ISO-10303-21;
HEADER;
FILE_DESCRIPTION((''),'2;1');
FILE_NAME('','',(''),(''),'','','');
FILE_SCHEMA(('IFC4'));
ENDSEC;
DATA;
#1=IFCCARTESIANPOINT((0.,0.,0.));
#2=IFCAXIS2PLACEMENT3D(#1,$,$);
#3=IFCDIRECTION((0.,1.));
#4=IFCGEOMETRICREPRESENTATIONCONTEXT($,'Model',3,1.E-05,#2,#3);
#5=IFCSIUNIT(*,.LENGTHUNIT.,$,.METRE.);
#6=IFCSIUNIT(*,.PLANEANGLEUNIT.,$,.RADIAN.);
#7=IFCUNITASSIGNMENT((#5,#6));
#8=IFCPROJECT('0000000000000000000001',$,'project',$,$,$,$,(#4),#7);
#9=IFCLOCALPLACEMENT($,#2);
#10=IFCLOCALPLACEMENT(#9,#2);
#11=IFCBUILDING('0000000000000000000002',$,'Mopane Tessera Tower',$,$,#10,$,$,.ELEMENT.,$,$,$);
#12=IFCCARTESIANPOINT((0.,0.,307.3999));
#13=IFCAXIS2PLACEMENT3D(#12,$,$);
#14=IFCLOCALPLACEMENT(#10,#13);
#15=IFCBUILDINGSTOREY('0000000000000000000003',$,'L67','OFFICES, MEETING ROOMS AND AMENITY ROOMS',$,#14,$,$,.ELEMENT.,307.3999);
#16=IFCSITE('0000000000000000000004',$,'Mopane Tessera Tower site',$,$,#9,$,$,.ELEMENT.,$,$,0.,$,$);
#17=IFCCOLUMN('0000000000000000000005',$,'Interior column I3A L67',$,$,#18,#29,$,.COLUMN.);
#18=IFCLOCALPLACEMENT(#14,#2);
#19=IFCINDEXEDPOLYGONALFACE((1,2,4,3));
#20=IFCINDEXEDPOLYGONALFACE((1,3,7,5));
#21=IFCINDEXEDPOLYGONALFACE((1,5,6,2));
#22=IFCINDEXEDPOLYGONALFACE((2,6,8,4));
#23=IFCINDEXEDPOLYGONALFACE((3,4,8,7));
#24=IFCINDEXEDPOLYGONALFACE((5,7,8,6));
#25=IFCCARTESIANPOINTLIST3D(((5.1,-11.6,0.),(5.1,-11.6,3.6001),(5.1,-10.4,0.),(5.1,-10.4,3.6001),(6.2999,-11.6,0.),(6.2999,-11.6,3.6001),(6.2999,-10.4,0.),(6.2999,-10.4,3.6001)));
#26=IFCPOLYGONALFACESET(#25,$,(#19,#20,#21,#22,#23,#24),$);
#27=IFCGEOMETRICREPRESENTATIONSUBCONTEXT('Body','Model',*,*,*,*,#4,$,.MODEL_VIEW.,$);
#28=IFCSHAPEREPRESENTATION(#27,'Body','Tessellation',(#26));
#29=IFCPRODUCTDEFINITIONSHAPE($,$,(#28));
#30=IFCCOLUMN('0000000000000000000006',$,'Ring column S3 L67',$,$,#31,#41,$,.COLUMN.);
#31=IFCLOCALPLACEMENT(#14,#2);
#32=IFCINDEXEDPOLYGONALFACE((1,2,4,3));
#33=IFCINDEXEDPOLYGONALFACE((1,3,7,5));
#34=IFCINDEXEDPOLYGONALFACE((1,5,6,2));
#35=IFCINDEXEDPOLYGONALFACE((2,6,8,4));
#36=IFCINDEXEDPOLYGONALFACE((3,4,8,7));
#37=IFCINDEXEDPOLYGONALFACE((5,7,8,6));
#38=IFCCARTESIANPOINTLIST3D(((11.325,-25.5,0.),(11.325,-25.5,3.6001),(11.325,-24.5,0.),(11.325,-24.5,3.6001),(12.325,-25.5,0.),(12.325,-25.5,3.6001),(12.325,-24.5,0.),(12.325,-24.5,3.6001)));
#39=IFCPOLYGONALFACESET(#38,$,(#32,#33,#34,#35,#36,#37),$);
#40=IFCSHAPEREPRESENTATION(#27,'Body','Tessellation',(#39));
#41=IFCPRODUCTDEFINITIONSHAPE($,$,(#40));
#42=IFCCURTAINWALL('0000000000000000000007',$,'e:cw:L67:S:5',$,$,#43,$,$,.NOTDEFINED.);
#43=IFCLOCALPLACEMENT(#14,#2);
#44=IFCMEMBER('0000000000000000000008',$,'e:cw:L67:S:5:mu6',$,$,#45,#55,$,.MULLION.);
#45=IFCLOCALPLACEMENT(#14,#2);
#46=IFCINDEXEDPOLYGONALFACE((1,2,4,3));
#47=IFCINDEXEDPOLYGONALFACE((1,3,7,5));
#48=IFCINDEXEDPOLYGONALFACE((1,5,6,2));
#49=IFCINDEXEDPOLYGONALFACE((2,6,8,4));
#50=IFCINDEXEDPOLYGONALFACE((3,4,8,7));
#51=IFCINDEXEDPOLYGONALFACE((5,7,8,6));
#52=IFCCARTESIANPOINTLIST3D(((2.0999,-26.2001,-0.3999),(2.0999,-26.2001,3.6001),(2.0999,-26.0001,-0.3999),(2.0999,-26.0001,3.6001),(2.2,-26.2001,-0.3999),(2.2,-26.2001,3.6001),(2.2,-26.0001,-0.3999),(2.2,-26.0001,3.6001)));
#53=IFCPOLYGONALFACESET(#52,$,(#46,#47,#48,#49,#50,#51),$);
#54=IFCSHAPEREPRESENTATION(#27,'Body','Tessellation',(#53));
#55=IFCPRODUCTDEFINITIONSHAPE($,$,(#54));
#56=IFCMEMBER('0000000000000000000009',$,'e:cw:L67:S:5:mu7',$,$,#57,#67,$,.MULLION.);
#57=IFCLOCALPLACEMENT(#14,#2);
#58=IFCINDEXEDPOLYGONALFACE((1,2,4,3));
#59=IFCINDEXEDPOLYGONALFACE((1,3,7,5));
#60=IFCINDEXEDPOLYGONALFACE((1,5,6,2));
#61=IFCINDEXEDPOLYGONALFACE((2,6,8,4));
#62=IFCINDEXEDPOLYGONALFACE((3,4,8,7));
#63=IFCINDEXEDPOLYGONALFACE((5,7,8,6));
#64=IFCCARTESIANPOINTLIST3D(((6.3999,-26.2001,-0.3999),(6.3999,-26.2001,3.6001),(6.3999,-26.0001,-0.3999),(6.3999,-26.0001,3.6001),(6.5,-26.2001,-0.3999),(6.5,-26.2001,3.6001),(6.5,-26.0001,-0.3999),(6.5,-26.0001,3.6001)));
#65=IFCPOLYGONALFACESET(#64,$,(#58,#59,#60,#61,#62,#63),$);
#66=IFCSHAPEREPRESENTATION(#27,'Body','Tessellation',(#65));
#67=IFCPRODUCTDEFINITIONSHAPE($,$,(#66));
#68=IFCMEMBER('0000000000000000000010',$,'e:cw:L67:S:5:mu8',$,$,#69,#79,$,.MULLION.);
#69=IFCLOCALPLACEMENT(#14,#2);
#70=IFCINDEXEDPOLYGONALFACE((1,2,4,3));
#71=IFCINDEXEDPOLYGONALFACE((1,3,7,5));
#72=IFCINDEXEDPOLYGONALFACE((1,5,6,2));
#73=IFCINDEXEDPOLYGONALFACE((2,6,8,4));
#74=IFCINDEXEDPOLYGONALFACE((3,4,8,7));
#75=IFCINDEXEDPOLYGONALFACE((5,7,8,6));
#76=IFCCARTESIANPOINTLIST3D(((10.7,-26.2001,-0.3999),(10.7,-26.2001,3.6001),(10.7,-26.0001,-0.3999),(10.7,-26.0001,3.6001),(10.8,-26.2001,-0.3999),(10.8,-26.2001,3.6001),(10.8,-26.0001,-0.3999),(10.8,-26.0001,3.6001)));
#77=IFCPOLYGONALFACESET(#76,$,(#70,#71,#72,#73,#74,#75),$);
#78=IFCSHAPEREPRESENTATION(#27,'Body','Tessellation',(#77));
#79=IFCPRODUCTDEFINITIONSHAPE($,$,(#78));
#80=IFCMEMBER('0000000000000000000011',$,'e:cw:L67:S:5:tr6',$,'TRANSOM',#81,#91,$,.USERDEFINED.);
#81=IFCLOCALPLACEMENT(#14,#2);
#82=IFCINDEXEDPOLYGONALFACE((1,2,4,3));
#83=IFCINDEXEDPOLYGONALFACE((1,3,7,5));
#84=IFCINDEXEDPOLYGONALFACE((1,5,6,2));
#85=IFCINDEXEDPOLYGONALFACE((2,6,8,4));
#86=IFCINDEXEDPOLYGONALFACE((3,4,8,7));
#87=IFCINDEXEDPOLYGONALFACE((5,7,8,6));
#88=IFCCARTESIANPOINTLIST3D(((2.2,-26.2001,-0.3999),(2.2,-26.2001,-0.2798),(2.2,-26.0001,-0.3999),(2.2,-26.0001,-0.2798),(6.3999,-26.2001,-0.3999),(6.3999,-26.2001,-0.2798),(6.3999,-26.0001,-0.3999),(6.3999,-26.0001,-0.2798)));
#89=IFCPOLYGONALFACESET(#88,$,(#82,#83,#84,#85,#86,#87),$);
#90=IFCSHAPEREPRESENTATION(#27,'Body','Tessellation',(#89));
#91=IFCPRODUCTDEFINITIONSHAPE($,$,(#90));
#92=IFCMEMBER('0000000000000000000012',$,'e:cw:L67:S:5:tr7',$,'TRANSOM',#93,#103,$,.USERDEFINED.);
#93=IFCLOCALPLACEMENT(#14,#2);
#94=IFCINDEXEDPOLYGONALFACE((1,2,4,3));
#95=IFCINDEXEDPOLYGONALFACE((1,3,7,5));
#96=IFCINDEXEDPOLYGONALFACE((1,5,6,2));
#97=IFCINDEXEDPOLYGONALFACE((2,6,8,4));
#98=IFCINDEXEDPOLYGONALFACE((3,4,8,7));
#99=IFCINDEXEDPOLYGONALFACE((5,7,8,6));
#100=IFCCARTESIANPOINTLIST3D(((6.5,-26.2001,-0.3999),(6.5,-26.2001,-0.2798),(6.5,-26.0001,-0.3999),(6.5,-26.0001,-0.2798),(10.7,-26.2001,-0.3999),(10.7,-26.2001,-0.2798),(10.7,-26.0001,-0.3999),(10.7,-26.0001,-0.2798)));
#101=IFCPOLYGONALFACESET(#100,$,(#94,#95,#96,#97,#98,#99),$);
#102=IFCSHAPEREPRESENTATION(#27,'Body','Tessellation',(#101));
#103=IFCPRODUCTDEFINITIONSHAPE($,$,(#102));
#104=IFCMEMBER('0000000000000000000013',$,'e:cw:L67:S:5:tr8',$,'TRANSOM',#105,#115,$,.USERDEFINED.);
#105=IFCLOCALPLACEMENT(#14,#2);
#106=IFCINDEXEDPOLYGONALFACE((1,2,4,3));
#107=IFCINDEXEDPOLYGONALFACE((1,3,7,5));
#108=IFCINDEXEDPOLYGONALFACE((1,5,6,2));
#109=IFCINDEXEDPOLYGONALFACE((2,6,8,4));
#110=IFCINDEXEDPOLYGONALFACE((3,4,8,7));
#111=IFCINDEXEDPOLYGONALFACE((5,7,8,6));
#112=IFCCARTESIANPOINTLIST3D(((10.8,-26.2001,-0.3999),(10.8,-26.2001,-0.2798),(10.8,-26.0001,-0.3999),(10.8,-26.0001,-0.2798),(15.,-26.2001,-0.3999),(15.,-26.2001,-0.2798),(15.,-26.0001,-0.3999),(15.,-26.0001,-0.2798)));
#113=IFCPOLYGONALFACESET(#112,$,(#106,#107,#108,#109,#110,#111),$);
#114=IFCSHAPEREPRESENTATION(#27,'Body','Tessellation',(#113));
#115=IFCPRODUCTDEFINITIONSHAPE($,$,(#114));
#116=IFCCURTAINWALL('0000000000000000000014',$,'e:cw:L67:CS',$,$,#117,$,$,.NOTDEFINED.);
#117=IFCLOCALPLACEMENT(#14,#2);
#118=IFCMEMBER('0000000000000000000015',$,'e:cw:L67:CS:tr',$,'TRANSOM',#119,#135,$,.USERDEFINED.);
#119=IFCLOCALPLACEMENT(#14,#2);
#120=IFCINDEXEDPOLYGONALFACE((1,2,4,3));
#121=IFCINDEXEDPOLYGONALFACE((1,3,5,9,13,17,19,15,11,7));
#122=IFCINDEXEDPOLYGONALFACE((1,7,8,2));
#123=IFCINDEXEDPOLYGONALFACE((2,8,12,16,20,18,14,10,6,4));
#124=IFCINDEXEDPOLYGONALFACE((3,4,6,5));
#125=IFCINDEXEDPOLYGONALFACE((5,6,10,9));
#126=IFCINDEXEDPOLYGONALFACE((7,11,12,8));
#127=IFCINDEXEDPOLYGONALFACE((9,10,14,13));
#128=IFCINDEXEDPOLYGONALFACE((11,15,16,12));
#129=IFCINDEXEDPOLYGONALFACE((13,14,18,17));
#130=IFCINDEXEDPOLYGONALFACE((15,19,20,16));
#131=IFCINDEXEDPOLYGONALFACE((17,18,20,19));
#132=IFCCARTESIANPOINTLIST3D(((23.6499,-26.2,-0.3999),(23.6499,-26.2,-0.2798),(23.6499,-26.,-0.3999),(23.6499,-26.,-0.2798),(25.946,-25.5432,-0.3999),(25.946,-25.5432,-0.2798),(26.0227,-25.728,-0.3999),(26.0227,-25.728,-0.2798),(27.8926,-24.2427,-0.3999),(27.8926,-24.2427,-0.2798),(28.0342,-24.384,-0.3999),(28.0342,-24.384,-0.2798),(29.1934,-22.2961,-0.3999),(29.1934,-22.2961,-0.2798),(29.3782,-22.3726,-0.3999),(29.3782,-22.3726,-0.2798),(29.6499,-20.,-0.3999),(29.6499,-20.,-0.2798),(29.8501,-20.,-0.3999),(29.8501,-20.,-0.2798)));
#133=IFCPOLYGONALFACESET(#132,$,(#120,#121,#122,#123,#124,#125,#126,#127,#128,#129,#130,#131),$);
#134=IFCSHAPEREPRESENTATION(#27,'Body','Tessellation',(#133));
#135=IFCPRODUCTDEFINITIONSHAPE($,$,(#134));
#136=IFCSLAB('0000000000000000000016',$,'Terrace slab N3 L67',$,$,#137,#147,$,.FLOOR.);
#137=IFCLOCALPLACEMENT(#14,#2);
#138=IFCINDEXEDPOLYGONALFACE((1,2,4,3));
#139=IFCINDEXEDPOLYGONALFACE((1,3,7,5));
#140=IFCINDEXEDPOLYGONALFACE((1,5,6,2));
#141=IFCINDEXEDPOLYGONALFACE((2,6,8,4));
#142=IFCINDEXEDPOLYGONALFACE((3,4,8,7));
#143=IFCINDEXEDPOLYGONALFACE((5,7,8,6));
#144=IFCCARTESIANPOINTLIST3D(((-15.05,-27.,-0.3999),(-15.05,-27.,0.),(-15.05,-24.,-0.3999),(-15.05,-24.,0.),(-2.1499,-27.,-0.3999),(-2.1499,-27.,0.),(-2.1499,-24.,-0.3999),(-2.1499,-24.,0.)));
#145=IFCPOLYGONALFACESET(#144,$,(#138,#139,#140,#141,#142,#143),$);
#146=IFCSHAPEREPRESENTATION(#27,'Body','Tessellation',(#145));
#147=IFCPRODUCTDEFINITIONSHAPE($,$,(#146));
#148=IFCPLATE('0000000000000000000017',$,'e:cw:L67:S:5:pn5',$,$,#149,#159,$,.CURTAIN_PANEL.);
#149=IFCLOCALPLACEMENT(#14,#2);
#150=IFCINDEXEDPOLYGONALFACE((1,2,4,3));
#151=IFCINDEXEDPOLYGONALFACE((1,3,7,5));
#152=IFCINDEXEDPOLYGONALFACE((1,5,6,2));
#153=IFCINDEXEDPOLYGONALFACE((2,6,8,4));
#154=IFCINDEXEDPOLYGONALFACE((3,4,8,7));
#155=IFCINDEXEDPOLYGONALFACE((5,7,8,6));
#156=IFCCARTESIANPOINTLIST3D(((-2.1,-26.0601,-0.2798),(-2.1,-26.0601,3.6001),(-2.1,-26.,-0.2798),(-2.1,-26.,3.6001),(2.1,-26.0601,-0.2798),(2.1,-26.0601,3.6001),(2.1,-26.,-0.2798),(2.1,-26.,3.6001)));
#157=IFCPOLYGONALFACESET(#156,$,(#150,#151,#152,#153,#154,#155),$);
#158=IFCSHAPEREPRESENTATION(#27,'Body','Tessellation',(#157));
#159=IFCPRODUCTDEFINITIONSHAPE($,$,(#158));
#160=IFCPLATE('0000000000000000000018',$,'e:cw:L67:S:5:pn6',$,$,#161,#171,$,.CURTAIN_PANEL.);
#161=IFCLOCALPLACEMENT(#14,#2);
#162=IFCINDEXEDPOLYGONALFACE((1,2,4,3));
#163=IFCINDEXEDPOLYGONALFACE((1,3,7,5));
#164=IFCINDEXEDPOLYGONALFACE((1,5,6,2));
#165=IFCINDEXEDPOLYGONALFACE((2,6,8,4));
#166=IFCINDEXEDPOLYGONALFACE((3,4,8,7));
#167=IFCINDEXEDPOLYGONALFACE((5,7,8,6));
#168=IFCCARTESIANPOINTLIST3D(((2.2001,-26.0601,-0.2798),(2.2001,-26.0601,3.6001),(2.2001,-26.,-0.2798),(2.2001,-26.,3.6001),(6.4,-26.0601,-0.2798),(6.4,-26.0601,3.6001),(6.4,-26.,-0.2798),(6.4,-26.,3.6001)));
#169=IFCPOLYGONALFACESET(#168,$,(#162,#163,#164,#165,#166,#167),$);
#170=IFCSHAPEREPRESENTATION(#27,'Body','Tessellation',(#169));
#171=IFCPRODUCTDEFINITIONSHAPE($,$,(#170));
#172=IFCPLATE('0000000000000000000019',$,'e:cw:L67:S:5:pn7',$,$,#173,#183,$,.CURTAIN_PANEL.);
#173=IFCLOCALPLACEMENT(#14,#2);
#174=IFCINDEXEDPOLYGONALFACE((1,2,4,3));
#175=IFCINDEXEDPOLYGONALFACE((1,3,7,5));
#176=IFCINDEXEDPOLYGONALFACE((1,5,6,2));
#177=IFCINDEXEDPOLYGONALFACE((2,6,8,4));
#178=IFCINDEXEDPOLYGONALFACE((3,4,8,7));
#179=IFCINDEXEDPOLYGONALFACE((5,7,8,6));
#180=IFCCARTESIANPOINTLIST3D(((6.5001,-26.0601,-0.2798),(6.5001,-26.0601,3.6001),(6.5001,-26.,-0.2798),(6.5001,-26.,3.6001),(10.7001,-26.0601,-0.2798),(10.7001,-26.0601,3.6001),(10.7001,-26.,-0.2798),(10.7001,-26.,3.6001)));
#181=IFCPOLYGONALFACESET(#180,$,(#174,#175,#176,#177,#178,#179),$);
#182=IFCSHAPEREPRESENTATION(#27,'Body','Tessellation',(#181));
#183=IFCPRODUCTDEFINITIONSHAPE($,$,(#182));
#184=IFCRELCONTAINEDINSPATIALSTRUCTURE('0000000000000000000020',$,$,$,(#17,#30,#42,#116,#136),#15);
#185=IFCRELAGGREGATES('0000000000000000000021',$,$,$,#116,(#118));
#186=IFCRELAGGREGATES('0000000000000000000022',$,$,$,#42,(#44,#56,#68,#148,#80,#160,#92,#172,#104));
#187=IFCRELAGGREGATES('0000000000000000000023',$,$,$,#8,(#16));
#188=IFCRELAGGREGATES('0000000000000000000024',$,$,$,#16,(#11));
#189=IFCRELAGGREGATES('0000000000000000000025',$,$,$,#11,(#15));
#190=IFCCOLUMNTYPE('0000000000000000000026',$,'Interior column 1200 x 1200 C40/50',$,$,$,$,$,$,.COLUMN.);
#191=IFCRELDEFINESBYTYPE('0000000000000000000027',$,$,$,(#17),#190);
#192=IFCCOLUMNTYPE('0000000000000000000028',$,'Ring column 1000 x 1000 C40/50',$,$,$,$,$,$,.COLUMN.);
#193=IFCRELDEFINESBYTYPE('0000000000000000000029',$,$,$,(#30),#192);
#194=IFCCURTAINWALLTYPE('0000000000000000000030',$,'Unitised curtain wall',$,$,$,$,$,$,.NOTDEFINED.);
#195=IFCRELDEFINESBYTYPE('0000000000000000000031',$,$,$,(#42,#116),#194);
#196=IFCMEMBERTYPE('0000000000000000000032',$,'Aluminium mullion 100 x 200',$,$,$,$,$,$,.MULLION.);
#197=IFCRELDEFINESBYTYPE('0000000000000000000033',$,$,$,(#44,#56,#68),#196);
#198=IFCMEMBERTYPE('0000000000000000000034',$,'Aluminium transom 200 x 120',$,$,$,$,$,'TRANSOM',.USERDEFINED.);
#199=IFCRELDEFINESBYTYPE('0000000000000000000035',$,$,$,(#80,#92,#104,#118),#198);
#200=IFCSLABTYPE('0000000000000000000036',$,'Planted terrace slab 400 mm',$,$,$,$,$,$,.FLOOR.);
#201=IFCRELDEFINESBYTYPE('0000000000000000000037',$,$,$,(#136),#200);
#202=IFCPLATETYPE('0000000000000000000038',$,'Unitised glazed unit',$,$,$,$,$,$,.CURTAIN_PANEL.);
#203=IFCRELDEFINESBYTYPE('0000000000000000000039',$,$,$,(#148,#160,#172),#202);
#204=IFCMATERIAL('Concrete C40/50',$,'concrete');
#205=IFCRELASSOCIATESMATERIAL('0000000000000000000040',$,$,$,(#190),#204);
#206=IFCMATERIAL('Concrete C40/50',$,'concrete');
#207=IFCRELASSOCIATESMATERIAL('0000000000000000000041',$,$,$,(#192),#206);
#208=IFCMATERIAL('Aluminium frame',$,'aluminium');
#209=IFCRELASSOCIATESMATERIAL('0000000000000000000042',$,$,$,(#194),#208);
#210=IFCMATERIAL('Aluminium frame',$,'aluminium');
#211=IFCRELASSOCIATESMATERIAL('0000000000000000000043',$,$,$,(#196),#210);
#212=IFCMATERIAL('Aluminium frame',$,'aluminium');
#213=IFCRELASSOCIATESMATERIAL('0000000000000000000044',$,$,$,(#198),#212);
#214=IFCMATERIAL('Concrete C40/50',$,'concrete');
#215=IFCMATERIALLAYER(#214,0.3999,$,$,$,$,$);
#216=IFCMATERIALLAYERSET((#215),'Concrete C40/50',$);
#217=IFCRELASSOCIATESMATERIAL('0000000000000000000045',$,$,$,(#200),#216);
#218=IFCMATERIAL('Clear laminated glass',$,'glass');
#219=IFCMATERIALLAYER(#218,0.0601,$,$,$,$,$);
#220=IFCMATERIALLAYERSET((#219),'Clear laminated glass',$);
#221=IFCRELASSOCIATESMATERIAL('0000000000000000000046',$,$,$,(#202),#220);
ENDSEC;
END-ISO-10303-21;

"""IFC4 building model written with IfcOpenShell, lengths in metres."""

from ifc_helpers import new_model, si_unit, direction, frame, origin, origin_2d, place, context, subcontext, project, spatial, polyline, rectangle, outline, extrude, material, layer, layer_set, material_profile, profile_set, type_object, element, aggregate, save


model = new_model("IFC4")

# Units and contexts
model_context = context("Model", 3, precision=1e-05, world=origin(), true_north=direction((0.0, 1.0)))
body_context = subcontext(model_context, "Body", "Model", "MODEL_VIEW")
ifc_project = project(units=[si_unit("LENGTHUNIT", "METRE"), si_unit("PLANEANGLEUNIT", "RADIAN")], contexts=[model_context])

# Site, building, storey
site_placement = place(None, origin())
site = spatial("IfcSite", under=ifc_project, at=site_placement, Name="Mopane Tessera Tower site", CompositionType="ELEMENT", RefElevation=0.0)
building_placement = place(site_placement, origin())
building = spatial("IfcBuilding", under=site, at=building_placement, Name="Mopane Tessera Tower", CompositionType="ELEMENT")
storey_placement = place(building_placement, frame((0.0, 0.0, 307.3999)))
storey = spatial("IfcBuildingStorey", under=building, at=storey_placement, Name="L67", Description="OFFICES, MEETING ROOMS AND AMENITY ROOMS", CompositionType="ELEMENT", Elevation=307.3999)

# Columns
ifc_material_1 = material(Name="Concrete C40/50", Category="concrete")
ifc_material_profile_1 = material_profile(ifc_material_1, rectangle(XDim=1.2, YDim=1.2, at=origin_2d()))
ifc_profile_set_1 = profile_set([ifc_material_profile_1], Name="Concrete C40/50")
column_type_1 = type_object("IfcColumnType", Name="Interior column 1200 x 1200 C40/50", PredefinedType="COLUMN", material=ifc_profile_set_1)
column_1_placement = place(storey_placement, frame((5.7, -11.0, 0.0), z_axis=(0.0, 0.0, 1.0), x_axis=(1.0, 0.0, 0.0)))
element("IfcColumn", 1, at=column_1_placement, inside=storey, type_object=column_type_1, Name="Interior column I3A L67", PredefinedType="COLUMN", context=body_context, shape_type="SweptSolid", body=[
    extrude(rectangle(XDim=1.2, YDim=1.2, at=origin_2d()), origin(), (0.0, 0.0, 1.0), 3.6001),
])
ifc_material_2 = material(Name="Concrete C40/50", Category="concrete")
ifc_material_profile_2 = material_profile(ifc_material_2, rectangle(XDim=1.0, YDim=1.0, at=origin_2d()))
ifc_profile_set_2 = profile_set([ifc_material_profile_2], Name="Concrete C40/50")
column_type_2 = type_object("IfcColumnType", Name="Ring column 1000 x 1000 C40/50", PredefinedType="COLUMN", material=ifc_profile_set_2)
column_2_placement = place(storey_placement, frame((11.825, -25.0, 0.0), z_axis=(0.0, 0.0, 1.0), x_axis=(1.0, 0.0, 0.0)))
element("IfcColumn", 2, at=column_2_placement, inside=storey, type_object=column_type_2, Name="Ring column S3 L67", PredefinedType="COLUMN", context=body_context, shape_type="SweptSolid", body=[
    extrude(rectangle(XDim=1.0, YDim=1.0, at=origin_2d()), origin(), (0.0, 0.0, 1.0), 3.6001),
])

# Curtain wall, members
ifc_material_3 = material(Name="Aluminium frame", Category="aluminium")
curtain_wall_type = type_object("IfcCurtainWallType", Name="Unitised curtain wall", PredefinedType="NOTDEFINED", material=ifc_material_3)
curtain_wall_1_placement = place(storey_placement, origin())
curtain_wall_1 = element("IfcCurtainWall", 3, at=curtain_wall_1_placement, inside=storey, type_object=curtain_wall_type, Name="e:cw:L67:S:5", PredefinedType="NOTDEFINED")
ifc_material_4 = material(Name="Aluminium frame", Category="aluminium")
ifc_material_profile_3 = material_profile(ifc_material_4, rectangle(XDim=0.1001, YDim=0.2, at=origin_2d()))
ifc_profile_set_3 = profile_set([ifc_material_profile_3], Name="Aluminium frame")
member_type_1 = type_object("IfcMemberType", Name="Aluminium mullion 100 x 200", PredefinedType="MULLION", material=ifc_profile_set_3)
member_1_placement = place(storey_placement, frame((2.1499, -26.1001, -0.3999), z_axis=(0.0, 0.0, 1.0), x_axis=(1.0, 0.0, 0.0)))
member_1 = element("IfcMember", 4, at=member_1_placement, type_object=member_type_1, Name="e:cw:L67:S:5:mu6", PredefinedType="MULLION", context=body_context, shape_type="SweptSolid", body=[
    extrude(rectangle(XDim=0.1001, YDim=0.2, at=origin_2d()), origin(), (0.0, 0.0, 1.0), 4.0),
])
member_2_placement = place(storey_placement, frame((6.45, -26.1001, -0.3999), z_axis=(0.0, 0.0, 1.0), x_axis=(1.0, 0.0, 0.0)))
member_2 = element("IfcMember", 5, at=member_2_placement, type_object=member_type_1, Name="e:cw:L67:S:5:mu7", PredefinedType="MULLION", context=body_context, shape_type="SweptSolid", body=[
    extrude(rectangle(XDim=0.1001, YDim=0.2, at=origin_2d()), origin(), (0.0, 0.0, 1.0), 4.0),
])
member_3_placement = place(storey_placement, frame((10.75, -26.1001, -0.3999), z_axis=(0.0, 0.0, 1.0), x_axis=(1.0, 0.0, 0.0)))
member_3 = element("IfcMember", 6, at=member_3_placement, type_object=member_type_1, Name="e:cw:L67:S:5:mu8", PredefinedType="MULLION", context=body_context, shape_type="SweptSolid", body=[
    extrude(rectangle(XDim=0.1001, YDim=0.2, at=origin_2d()), origin(), (0.0, 0.0, 1.0), 4.0),
])
ifc_material_5 = material(Name="Aluminium frame", Category="aluminium")
ifc_material_profile_4 = material_profile(ifc_material_5, rectangle(XDim=0.2, YDim=0.1201, at=origin_2d()))
ifc_profile_set_4 = profile_set([ifc_material_profile_4], Name="Aluminium frame")
member_type_2 = type_object("IfcMemberType", Name="Aluminium transom 200 x 120", ElementType="TRANSOM", PredefinedType="USERDEFINED", material=ifc_profile_set_4)
member_4_placement = place(storey_placement, frame((2.2, -26.1001, -0.3398), z_axis=(1.0, 0.0, 0.0), x_axis=(0.0, 1.0, 0.0)))
member_4 = element("IfcMember", 7, at=member_4_placement, type_object=member_type_2, Name="e:cw:L67:S:5:tr6", ObjectType="TRANSOM", PredefinedType="USERDEFINED", context=body_context, shape_type="SweptSolid", body=[
    extrude(rectangle(XDim=0.2, YDim=0.1201, at=origin_2d()), origin(), (0.0, 0.0, 1.0), 4.2),
])
member_5_placement = place(storey_placement, frame((6.5, -26.1001, -0.3398), z_axis=(1.0, 0.0, 0.0), x_axis=(0.0, 1.0, 0.0)))
member_5 = element("IfcMember", 8, at=member_5_placement, type_object=member_type_2, Name="e:cw:L67:S:5:tr7", ObjectType="TRANSOM", PredefinedType="USERDEFINED", context=body_context, shape_type="SweptSolid", body=[
    extrude(rectangle(XDim=0.2, YDim=0.1201, at=origin_2d()), origin(), (0.0, 0.0, 1.0), 4.2),
])
member_6_placement = place(storey_placement, frame((10.8, -26.1001, -0.3398), z_axis=(1.0, 0.0, 0.0), x_axis=(0.0, 1.0, 0.0)))
member_6 = element("IfcMember", 9, at=member_6_placement, type_object=member_type_2, Name="e:cw:L67:S:5:tr8", ObjectType="TRANSOM", PredefinedType="USERDEFINED", context=body_context, shape_type="SweptSolid", body=[
    extrude(rectangle(XDim=0.2, YDim=0.1201, at=origin_2d()), origin(), (0.0, 0.0, 1.0), 4.2),
])

# Curtain wall, member
curtain_wall_2_placement = place(storey_placement, origin())
curtain_wall_2 = element("IfcCurtainWall", 10, at=curtain_wall_2_placement, inside=storey, type_object=curtain_wall_type, Name="e:cw:L67:CS", PredefinedType="NOTDEFINED")
member_7_placement = place(storey_placement, frame((0.0, 0.0, -0.3999)))
member_7 = element("IfcMember", 11, at=member_7_placement, type_object=member_type_2, Name="e:cw:L67:CS:tr", ObjectType="TRANSOM", PredefinedType="USERDEFINED", context=body_context, shape_type="SweptSolid", body=[
    extrude(outline(polyline([(23.6499, -26.0), (25.946, -25.5432), (27.8926, -24.2427), (29.1934, -22.2961), (29.6499, -20.0), (29.8501, -20.0), (29.3782, -22.3726), (28.0342, -24.384), (26.0227, -25.728), (23.6499, -26.2), (23.6499, -26.0)])), origin(), (0.0, 0.0, 1.0), 0.1201),
])
aggregate(curtain_wall_2, [member_7])

# Slab
ifc_material_6 = material(Name="Concrete C40/50", Category="concrete")
ifc_layer_1 = layer(ifc_material_6, 0.3999)
ifc_layer_set_1 = layer_set([ifc_layer_1], Name="Concrete C40/50")
slab_type = type_object("IfcSlabType", Name="Planted terrace slab 400 mm", PredefinedType="FLOOR", material=ifc_layer_set_1)
slab_placement = place(storey_placement, frame((0.0, 0.0, -0.3999)))
element("IfcSlab", 12, at=slab_placement, inside=storey, type_object=slab_type, Name="Terrace slab N3 L67", PredefinedType="FLOOR", context=body_context, shape_type="SweptSolid", body=[
    extrude(outline(polyline([(-2.1499, -27.0), (-2.1499, -24.0), (-15.05, -24.0), (-15.05, -27.0), (-2.1499, -27.0)])), origin(), (0.0, 0.0, 1.0), 0.3999),
])

# Plates
ifc_material_7 = material(Name="Clear laminated glass", Category="glass")
ifc_layer_2 = layer(ifc_material_7, 0.0601)
ifc_layer_set_2 = layer_set([ifc_layer_2], Name="Clear laminated glass")
plate_type = type_object("IfcPlateType", Name="Unitised glazed unit", PredefinedType="CURTAIN_PANEL", material=ifc_layer_set_2)
plate_1_placement = place(storey_placement, frame((0.0, -26.03, -0.2798), z_axis=(0.0, 0.0, 1.0), x_axis=(1.0, 0.0, 0.0)))
plate_1 = element("IfcPlate", 13, at=plate_1_placement, type_object=plate_type, Name="e:cw:L67:S:5:pn5", PredefinedType="CURTAIN_PANEL", context=body_context, shape_type="SweptSolid", body=[
    extrude(rectangle(XDim=4.2, YDim=0.0601, at=origin_2d()), origin(), (0.0, 0.0, 1.0), 3.8799),
])
plate_2_placement = place(storey_placement, frame((4.3, -26.03, -0.2798), z_axis=(0.0, 0.0, 1.0), x_axis=(1.0, 0.0, 0.0)))
plate_2 = element("IfcPlate", 14, at=plate_2_placement, type_object=plate_type, Name="e:cw:L67:S:5:pn6", PredefinedType="CURTAIN_PANEL", context=body_context, shape_type="SweptSolid", body=[
    extrude(rectangle(XDim=4.2, YDim=0.0601, at=origin_2d()), origin(), (0.0, 0.0, 1.0), 3.8799),
])
plate_3_placement = place(storey_placement, frame((8.6001, -26.03, -0.2798), z_axis=(0.0, 0.0, 1.0), x_axis=(1.0, 0.0, 0.0)))
plate_3 = element("IfcPlate", 15, at=plate_3_placement, type_object=plate_type, Name="e:cw:L67:S:5:pn7", PredefinedType="CURTAIN_PANEL", context=body_context, shape_type="SweptSolid", body=[
    extrude(rectangle(XDim=4.2, YDim=0.0601, at=origin_2d()), origin(), (0.0, 0.0, 1.0), 3.8799),
])
aggregate(curtain_wall_1, [member_1, member_2, member_3, plate_1, member_4, plate_2, member_5, plate_3, member_6])

save(model, "model.ifc")
